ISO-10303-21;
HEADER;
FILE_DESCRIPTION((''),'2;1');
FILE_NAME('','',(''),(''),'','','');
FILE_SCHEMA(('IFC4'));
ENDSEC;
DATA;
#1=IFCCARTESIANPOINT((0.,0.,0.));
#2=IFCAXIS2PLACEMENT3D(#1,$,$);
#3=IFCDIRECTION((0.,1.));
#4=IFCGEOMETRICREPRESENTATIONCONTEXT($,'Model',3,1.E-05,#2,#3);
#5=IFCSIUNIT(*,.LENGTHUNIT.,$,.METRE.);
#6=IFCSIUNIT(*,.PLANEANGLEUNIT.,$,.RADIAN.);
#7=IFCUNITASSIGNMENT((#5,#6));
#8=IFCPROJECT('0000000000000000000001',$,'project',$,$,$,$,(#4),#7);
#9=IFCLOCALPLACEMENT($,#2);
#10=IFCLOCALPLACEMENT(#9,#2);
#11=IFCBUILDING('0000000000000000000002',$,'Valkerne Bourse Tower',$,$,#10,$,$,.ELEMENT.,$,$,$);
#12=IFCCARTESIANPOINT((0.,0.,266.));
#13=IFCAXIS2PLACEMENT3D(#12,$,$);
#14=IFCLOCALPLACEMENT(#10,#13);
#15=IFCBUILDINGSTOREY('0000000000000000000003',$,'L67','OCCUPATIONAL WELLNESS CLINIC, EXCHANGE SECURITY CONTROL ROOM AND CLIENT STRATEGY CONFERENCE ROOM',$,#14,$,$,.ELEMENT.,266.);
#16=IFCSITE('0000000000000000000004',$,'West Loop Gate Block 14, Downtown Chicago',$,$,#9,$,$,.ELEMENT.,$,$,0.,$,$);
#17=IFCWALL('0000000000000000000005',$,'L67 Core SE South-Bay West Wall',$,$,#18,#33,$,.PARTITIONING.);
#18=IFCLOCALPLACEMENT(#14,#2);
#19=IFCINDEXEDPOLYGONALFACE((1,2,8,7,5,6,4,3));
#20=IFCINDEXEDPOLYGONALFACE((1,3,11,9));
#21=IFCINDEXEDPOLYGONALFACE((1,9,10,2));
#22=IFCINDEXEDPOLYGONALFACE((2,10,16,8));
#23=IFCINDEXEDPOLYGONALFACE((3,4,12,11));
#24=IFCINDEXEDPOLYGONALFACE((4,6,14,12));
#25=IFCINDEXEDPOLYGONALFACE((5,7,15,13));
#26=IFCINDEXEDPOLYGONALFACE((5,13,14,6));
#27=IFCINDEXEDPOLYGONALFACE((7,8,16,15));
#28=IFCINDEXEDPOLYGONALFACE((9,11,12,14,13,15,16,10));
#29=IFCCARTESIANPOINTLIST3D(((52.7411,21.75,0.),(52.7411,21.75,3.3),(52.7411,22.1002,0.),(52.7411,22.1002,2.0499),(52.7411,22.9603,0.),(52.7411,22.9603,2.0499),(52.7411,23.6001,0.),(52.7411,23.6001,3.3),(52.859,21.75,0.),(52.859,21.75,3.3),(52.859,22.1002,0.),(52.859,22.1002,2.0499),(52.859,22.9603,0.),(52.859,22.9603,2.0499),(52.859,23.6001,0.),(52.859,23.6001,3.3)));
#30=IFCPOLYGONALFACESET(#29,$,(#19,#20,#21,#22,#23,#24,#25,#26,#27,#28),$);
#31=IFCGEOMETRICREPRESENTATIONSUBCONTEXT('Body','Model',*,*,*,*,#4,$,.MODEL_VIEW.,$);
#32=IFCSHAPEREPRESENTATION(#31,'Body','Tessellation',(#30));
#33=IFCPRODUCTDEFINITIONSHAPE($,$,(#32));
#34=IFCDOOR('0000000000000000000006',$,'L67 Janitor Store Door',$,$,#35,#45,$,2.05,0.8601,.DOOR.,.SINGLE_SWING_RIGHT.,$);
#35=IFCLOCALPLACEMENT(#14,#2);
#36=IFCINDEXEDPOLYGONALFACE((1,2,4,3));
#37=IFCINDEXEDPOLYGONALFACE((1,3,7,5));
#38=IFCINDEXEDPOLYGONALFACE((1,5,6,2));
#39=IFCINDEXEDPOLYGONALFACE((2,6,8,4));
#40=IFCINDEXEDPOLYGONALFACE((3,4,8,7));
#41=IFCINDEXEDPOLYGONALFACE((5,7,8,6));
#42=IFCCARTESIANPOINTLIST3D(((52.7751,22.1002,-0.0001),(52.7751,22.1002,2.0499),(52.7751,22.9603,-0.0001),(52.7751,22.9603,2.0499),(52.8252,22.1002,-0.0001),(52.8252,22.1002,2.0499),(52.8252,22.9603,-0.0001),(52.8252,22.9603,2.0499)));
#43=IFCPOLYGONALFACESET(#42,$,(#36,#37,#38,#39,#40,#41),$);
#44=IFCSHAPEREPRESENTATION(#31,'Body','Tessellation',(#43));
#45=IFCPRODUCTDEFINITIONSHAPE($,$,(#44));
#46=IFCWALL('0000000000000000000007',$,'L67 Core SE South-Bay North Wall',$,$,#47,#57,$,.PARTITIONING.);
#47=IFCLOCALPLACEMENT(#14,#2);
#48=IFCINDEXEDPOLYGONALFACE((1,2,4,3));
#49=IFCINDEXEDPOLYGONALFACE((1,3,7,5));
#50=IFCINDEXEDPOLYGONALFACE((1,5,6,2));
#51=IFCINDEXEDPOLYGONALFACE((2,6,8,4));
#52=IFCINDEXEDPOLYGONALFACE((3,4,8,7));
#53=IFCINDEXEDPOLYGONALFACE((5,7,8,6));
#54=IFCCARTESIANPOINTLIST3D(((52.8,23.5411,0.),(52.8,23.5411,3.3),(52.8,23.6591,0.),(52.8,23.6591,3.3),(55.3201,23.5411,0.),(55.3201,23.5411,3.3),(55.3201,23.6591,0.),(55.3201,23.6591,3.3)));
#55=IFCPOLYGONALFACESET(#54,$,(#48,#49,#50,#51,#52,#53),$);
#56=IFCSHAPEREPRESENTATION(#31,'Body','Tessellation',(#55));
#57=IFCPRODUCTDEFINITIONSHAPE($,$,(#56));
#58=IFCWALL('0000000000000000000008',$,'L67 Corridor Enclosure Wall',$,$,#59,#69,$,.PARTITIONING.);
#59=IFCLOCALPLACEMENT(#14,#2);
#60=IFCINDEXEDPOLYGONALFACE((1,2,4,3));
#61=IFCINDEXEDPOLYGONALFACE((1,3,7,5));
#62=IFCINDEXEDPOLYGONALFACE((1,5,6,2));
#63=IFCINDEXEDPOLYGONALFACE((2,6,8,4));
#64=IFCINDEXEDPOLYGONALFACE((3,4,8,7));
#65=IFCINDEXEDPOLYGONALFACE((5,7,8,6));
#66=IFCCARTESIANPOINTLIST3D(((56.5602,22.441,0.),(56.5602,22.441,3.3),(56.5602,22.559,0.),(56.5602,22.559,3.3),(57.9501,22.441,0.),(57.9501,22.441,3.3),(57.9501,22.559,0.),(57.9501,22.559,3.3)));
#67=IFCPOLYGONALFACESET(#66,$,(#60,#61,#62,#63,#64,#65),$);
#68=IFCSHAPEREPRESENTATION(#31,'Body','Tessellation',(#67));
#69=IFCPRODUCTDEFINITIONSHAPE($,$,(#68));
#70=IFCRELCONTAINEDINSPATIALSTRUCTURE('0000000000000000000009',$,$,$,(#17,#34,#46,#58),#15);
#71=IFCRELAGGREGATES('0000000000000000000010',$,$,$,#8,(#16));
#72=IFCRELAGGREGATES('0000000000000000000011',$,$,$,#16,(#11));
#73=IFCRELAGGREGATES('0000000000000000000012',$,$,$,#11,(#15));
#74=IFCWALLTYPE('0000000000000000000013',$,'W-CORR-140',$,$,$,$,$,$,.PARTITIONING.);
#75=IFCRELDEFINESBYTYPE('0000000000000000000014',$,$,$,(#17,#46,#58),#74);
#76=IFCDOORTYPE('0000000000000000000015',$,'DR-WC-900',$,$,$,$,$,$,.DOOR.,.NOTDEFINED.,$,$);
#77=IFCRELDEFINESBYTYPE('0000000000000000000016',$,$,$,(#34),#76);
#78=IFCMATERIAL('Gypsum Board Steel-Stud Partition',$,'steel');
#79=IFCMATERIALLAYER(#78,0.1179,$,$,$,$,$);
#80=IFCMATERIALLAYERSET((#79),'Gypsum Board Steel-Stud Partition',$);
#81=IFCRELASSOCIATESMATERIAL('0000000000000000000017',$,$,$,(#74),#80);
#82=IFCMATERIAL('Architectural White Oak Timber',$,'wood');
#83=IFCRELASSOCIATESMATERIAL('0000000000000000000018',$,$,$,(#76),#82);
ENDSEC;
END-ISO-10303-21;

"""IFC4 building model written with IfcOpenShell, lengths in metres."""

from ifc_helpers import new_model, si_unit, direction, frame, frame_2d, origin, place, context, subcontext, project, spatial, rectangle, extrude, material, layer, layer_set, type_object, element, fill, save


model = new_model("IFC4")

# Units and contexts
model_context = context("Model", 3, precision=1e-05, world=origin(), true_north=direction((0.0, 1.0)))
body_context = subcontext(model_context, "Body", "Model", "MODEL_VIEW")
ifc_project = project(units=[si_unit("LENGTHUNIT", "METRE"), si_unit("PLANEANGLEUNIT", "RADIAN")], contexts=[model_context])

# Site, building, storey
site_placement = place(None, origin())
site = spatial("IfcSite", under=ifc_project, at=site_placement, Name="West Loop Gate Block 14, Downtown Chicago", CompositionType="ELEMENT", RefElevation=0.0)
building_placement = place(site_placement, origin())
building = spatial("IfcBuilding", under=site, at=building_placement, Name="Valkerne Bourse Tower", CompositionType="ELEMENT")
storey_placement = place(building_placement, frame((0.0, 0.0, 266.0)))
storey = spatial("IfcBuildingStorey", under=building, at=storey_placement, Name="L67", Description="OCCUPATIONAL WELLNESS CLINIC, EXCHANGE SECURITY CONTROL ROOM AND CLIENT STRATEGY CONFERENCE ROOM", CompositionType="ELEMENT", Elevation=266.0)

# Wall, opening, door
ifc_material_1 = material(Name="Gypsum Board Steel-Stud Partition", Category="steel")
ifc_layer_1 = layer(ifc_material_1, 0.1179)
ifc_layer_set_1 = layer_set([ifc_layer_1], Name="Gypsum Board Steel-Stud Partition")
wall_type = type_object("IfcWallType", Name="W-CORR-140", PredefinedType="PARTITIONING", material=ifc_layer_set_1)
wall_1_placement = place(storey_placement, frame((52.8, 21.75, 0.0), z_axis=(0.0, 0.0, 1.0), x_axis=(0.0, 1.0, 0.0)))
wall_1 = element("IfcWall", 1, at=wall_1_placement, inside=storey, type_object=wall_type, Name="L67 Core SE South-Bay West Wall", PredefinedType="PARTITIONING", context=body_context, shape_type="SweptSolid", body=[
    extrude(rectangle(XDim=1.8501, YDim=0.1179, at=frame_2d((0.925, 0.0))), origin(), (0.0, 0.0, 1.0), 3.3),
])
opening_placement = place(wall_1_placement, frame((0.3501, 0.0, 0.0)))
opening = element("IfcOpeningElement", 2, at=opening_placement, cuts=wall_1, PredefinedType="OPENING", context=body_context, shape_type="SweptSolid", body=[
    extrude(rectangle(XDim=0.8601, YDim=2.05, at=frame_2d((0.4302, 1.0249))), frame((0.0, 0.0688, 0.0), z_axis=(0.0, -1.0, 0.0), x_axis=(1.0, 0.0, 0.0)), (0.0, 0.0, 1.0), 0.1379),
])
ifc_material_2 = material(Name="Architectural White Oak Timber", Category="wood")
door_type = type_object("IfcDoorType", Name="DR-WC-900", OperationType="NOTDEFINED", PredefinedType="DOOR", material=ifc_material_2)
door_placement = place(opening_placement, origin())
door = element("IfcDoor", 3, at=door_placement, inside=storey, type_object=door_type, Name="L67 Janitor Store Door", OperationType="SINGLE_SWING_RIGHT", OverallHeight=2.05, OverallWidth=0.8601, PredefinedType="DOOR", context=body_context, shape_type="SweptSolid", body=[
    extrude(rectangle(XDim=0.8601, YDim=2.05, at=frame_2d((0.4302, 1.0249))), frame((0.0, 0.0249, 0.0), z_axis=(0.0, -1.0, 0.0), x_axis=(1.0, 0.0, 0.0)), (0.0, 0.0, 1.0), 0.05),
])
fill(opening, door)

# Walls
wall_2_placement = place(storey_placement, frame((52.8, 23.6001, 0.0), z_axis=(0.0, 0.0, 1.0), x_axis=(1.0, 0.0, 0.0)))
element("IfcWall", 4, at=wall_2_placement, inside=storey, type_object=wall_type, Name="L67 Core SE South-Bay North Wall", PredefinedType="PARTITIONING", context=body_context, shape_type="SweptSolid", body=[
    extrude(rectangle(XDim=2.52, YDim=0.1179, at=frame_2d((1.26, 0.0))), origin(), (0.0, 0.0, 1.0), 3.3),
])
wall_3_placement = place(storey_placement, frame((57.95, 22.5, 0.0), z_axis=(0.0, 0.0, 1.0), x_axis=(-1.0, 0.0, 0.0)))
element("IfcWall", 5, at=wall_3_placement, inside=storey, type_object=wall_type, Name="L67 Corridor Enclosure Wall", PredefinedType="PARTITIONING", context=body_context, shape_type="SweptSolid", body=[
    extrude(rectangle(XDim=1.3899, YDim=0.1179, at=frame_2d((0.6948, 0.0))), origin(), (0.0, 0.0, 1.0), 3.3),
])

save(model, "model.ifc")
